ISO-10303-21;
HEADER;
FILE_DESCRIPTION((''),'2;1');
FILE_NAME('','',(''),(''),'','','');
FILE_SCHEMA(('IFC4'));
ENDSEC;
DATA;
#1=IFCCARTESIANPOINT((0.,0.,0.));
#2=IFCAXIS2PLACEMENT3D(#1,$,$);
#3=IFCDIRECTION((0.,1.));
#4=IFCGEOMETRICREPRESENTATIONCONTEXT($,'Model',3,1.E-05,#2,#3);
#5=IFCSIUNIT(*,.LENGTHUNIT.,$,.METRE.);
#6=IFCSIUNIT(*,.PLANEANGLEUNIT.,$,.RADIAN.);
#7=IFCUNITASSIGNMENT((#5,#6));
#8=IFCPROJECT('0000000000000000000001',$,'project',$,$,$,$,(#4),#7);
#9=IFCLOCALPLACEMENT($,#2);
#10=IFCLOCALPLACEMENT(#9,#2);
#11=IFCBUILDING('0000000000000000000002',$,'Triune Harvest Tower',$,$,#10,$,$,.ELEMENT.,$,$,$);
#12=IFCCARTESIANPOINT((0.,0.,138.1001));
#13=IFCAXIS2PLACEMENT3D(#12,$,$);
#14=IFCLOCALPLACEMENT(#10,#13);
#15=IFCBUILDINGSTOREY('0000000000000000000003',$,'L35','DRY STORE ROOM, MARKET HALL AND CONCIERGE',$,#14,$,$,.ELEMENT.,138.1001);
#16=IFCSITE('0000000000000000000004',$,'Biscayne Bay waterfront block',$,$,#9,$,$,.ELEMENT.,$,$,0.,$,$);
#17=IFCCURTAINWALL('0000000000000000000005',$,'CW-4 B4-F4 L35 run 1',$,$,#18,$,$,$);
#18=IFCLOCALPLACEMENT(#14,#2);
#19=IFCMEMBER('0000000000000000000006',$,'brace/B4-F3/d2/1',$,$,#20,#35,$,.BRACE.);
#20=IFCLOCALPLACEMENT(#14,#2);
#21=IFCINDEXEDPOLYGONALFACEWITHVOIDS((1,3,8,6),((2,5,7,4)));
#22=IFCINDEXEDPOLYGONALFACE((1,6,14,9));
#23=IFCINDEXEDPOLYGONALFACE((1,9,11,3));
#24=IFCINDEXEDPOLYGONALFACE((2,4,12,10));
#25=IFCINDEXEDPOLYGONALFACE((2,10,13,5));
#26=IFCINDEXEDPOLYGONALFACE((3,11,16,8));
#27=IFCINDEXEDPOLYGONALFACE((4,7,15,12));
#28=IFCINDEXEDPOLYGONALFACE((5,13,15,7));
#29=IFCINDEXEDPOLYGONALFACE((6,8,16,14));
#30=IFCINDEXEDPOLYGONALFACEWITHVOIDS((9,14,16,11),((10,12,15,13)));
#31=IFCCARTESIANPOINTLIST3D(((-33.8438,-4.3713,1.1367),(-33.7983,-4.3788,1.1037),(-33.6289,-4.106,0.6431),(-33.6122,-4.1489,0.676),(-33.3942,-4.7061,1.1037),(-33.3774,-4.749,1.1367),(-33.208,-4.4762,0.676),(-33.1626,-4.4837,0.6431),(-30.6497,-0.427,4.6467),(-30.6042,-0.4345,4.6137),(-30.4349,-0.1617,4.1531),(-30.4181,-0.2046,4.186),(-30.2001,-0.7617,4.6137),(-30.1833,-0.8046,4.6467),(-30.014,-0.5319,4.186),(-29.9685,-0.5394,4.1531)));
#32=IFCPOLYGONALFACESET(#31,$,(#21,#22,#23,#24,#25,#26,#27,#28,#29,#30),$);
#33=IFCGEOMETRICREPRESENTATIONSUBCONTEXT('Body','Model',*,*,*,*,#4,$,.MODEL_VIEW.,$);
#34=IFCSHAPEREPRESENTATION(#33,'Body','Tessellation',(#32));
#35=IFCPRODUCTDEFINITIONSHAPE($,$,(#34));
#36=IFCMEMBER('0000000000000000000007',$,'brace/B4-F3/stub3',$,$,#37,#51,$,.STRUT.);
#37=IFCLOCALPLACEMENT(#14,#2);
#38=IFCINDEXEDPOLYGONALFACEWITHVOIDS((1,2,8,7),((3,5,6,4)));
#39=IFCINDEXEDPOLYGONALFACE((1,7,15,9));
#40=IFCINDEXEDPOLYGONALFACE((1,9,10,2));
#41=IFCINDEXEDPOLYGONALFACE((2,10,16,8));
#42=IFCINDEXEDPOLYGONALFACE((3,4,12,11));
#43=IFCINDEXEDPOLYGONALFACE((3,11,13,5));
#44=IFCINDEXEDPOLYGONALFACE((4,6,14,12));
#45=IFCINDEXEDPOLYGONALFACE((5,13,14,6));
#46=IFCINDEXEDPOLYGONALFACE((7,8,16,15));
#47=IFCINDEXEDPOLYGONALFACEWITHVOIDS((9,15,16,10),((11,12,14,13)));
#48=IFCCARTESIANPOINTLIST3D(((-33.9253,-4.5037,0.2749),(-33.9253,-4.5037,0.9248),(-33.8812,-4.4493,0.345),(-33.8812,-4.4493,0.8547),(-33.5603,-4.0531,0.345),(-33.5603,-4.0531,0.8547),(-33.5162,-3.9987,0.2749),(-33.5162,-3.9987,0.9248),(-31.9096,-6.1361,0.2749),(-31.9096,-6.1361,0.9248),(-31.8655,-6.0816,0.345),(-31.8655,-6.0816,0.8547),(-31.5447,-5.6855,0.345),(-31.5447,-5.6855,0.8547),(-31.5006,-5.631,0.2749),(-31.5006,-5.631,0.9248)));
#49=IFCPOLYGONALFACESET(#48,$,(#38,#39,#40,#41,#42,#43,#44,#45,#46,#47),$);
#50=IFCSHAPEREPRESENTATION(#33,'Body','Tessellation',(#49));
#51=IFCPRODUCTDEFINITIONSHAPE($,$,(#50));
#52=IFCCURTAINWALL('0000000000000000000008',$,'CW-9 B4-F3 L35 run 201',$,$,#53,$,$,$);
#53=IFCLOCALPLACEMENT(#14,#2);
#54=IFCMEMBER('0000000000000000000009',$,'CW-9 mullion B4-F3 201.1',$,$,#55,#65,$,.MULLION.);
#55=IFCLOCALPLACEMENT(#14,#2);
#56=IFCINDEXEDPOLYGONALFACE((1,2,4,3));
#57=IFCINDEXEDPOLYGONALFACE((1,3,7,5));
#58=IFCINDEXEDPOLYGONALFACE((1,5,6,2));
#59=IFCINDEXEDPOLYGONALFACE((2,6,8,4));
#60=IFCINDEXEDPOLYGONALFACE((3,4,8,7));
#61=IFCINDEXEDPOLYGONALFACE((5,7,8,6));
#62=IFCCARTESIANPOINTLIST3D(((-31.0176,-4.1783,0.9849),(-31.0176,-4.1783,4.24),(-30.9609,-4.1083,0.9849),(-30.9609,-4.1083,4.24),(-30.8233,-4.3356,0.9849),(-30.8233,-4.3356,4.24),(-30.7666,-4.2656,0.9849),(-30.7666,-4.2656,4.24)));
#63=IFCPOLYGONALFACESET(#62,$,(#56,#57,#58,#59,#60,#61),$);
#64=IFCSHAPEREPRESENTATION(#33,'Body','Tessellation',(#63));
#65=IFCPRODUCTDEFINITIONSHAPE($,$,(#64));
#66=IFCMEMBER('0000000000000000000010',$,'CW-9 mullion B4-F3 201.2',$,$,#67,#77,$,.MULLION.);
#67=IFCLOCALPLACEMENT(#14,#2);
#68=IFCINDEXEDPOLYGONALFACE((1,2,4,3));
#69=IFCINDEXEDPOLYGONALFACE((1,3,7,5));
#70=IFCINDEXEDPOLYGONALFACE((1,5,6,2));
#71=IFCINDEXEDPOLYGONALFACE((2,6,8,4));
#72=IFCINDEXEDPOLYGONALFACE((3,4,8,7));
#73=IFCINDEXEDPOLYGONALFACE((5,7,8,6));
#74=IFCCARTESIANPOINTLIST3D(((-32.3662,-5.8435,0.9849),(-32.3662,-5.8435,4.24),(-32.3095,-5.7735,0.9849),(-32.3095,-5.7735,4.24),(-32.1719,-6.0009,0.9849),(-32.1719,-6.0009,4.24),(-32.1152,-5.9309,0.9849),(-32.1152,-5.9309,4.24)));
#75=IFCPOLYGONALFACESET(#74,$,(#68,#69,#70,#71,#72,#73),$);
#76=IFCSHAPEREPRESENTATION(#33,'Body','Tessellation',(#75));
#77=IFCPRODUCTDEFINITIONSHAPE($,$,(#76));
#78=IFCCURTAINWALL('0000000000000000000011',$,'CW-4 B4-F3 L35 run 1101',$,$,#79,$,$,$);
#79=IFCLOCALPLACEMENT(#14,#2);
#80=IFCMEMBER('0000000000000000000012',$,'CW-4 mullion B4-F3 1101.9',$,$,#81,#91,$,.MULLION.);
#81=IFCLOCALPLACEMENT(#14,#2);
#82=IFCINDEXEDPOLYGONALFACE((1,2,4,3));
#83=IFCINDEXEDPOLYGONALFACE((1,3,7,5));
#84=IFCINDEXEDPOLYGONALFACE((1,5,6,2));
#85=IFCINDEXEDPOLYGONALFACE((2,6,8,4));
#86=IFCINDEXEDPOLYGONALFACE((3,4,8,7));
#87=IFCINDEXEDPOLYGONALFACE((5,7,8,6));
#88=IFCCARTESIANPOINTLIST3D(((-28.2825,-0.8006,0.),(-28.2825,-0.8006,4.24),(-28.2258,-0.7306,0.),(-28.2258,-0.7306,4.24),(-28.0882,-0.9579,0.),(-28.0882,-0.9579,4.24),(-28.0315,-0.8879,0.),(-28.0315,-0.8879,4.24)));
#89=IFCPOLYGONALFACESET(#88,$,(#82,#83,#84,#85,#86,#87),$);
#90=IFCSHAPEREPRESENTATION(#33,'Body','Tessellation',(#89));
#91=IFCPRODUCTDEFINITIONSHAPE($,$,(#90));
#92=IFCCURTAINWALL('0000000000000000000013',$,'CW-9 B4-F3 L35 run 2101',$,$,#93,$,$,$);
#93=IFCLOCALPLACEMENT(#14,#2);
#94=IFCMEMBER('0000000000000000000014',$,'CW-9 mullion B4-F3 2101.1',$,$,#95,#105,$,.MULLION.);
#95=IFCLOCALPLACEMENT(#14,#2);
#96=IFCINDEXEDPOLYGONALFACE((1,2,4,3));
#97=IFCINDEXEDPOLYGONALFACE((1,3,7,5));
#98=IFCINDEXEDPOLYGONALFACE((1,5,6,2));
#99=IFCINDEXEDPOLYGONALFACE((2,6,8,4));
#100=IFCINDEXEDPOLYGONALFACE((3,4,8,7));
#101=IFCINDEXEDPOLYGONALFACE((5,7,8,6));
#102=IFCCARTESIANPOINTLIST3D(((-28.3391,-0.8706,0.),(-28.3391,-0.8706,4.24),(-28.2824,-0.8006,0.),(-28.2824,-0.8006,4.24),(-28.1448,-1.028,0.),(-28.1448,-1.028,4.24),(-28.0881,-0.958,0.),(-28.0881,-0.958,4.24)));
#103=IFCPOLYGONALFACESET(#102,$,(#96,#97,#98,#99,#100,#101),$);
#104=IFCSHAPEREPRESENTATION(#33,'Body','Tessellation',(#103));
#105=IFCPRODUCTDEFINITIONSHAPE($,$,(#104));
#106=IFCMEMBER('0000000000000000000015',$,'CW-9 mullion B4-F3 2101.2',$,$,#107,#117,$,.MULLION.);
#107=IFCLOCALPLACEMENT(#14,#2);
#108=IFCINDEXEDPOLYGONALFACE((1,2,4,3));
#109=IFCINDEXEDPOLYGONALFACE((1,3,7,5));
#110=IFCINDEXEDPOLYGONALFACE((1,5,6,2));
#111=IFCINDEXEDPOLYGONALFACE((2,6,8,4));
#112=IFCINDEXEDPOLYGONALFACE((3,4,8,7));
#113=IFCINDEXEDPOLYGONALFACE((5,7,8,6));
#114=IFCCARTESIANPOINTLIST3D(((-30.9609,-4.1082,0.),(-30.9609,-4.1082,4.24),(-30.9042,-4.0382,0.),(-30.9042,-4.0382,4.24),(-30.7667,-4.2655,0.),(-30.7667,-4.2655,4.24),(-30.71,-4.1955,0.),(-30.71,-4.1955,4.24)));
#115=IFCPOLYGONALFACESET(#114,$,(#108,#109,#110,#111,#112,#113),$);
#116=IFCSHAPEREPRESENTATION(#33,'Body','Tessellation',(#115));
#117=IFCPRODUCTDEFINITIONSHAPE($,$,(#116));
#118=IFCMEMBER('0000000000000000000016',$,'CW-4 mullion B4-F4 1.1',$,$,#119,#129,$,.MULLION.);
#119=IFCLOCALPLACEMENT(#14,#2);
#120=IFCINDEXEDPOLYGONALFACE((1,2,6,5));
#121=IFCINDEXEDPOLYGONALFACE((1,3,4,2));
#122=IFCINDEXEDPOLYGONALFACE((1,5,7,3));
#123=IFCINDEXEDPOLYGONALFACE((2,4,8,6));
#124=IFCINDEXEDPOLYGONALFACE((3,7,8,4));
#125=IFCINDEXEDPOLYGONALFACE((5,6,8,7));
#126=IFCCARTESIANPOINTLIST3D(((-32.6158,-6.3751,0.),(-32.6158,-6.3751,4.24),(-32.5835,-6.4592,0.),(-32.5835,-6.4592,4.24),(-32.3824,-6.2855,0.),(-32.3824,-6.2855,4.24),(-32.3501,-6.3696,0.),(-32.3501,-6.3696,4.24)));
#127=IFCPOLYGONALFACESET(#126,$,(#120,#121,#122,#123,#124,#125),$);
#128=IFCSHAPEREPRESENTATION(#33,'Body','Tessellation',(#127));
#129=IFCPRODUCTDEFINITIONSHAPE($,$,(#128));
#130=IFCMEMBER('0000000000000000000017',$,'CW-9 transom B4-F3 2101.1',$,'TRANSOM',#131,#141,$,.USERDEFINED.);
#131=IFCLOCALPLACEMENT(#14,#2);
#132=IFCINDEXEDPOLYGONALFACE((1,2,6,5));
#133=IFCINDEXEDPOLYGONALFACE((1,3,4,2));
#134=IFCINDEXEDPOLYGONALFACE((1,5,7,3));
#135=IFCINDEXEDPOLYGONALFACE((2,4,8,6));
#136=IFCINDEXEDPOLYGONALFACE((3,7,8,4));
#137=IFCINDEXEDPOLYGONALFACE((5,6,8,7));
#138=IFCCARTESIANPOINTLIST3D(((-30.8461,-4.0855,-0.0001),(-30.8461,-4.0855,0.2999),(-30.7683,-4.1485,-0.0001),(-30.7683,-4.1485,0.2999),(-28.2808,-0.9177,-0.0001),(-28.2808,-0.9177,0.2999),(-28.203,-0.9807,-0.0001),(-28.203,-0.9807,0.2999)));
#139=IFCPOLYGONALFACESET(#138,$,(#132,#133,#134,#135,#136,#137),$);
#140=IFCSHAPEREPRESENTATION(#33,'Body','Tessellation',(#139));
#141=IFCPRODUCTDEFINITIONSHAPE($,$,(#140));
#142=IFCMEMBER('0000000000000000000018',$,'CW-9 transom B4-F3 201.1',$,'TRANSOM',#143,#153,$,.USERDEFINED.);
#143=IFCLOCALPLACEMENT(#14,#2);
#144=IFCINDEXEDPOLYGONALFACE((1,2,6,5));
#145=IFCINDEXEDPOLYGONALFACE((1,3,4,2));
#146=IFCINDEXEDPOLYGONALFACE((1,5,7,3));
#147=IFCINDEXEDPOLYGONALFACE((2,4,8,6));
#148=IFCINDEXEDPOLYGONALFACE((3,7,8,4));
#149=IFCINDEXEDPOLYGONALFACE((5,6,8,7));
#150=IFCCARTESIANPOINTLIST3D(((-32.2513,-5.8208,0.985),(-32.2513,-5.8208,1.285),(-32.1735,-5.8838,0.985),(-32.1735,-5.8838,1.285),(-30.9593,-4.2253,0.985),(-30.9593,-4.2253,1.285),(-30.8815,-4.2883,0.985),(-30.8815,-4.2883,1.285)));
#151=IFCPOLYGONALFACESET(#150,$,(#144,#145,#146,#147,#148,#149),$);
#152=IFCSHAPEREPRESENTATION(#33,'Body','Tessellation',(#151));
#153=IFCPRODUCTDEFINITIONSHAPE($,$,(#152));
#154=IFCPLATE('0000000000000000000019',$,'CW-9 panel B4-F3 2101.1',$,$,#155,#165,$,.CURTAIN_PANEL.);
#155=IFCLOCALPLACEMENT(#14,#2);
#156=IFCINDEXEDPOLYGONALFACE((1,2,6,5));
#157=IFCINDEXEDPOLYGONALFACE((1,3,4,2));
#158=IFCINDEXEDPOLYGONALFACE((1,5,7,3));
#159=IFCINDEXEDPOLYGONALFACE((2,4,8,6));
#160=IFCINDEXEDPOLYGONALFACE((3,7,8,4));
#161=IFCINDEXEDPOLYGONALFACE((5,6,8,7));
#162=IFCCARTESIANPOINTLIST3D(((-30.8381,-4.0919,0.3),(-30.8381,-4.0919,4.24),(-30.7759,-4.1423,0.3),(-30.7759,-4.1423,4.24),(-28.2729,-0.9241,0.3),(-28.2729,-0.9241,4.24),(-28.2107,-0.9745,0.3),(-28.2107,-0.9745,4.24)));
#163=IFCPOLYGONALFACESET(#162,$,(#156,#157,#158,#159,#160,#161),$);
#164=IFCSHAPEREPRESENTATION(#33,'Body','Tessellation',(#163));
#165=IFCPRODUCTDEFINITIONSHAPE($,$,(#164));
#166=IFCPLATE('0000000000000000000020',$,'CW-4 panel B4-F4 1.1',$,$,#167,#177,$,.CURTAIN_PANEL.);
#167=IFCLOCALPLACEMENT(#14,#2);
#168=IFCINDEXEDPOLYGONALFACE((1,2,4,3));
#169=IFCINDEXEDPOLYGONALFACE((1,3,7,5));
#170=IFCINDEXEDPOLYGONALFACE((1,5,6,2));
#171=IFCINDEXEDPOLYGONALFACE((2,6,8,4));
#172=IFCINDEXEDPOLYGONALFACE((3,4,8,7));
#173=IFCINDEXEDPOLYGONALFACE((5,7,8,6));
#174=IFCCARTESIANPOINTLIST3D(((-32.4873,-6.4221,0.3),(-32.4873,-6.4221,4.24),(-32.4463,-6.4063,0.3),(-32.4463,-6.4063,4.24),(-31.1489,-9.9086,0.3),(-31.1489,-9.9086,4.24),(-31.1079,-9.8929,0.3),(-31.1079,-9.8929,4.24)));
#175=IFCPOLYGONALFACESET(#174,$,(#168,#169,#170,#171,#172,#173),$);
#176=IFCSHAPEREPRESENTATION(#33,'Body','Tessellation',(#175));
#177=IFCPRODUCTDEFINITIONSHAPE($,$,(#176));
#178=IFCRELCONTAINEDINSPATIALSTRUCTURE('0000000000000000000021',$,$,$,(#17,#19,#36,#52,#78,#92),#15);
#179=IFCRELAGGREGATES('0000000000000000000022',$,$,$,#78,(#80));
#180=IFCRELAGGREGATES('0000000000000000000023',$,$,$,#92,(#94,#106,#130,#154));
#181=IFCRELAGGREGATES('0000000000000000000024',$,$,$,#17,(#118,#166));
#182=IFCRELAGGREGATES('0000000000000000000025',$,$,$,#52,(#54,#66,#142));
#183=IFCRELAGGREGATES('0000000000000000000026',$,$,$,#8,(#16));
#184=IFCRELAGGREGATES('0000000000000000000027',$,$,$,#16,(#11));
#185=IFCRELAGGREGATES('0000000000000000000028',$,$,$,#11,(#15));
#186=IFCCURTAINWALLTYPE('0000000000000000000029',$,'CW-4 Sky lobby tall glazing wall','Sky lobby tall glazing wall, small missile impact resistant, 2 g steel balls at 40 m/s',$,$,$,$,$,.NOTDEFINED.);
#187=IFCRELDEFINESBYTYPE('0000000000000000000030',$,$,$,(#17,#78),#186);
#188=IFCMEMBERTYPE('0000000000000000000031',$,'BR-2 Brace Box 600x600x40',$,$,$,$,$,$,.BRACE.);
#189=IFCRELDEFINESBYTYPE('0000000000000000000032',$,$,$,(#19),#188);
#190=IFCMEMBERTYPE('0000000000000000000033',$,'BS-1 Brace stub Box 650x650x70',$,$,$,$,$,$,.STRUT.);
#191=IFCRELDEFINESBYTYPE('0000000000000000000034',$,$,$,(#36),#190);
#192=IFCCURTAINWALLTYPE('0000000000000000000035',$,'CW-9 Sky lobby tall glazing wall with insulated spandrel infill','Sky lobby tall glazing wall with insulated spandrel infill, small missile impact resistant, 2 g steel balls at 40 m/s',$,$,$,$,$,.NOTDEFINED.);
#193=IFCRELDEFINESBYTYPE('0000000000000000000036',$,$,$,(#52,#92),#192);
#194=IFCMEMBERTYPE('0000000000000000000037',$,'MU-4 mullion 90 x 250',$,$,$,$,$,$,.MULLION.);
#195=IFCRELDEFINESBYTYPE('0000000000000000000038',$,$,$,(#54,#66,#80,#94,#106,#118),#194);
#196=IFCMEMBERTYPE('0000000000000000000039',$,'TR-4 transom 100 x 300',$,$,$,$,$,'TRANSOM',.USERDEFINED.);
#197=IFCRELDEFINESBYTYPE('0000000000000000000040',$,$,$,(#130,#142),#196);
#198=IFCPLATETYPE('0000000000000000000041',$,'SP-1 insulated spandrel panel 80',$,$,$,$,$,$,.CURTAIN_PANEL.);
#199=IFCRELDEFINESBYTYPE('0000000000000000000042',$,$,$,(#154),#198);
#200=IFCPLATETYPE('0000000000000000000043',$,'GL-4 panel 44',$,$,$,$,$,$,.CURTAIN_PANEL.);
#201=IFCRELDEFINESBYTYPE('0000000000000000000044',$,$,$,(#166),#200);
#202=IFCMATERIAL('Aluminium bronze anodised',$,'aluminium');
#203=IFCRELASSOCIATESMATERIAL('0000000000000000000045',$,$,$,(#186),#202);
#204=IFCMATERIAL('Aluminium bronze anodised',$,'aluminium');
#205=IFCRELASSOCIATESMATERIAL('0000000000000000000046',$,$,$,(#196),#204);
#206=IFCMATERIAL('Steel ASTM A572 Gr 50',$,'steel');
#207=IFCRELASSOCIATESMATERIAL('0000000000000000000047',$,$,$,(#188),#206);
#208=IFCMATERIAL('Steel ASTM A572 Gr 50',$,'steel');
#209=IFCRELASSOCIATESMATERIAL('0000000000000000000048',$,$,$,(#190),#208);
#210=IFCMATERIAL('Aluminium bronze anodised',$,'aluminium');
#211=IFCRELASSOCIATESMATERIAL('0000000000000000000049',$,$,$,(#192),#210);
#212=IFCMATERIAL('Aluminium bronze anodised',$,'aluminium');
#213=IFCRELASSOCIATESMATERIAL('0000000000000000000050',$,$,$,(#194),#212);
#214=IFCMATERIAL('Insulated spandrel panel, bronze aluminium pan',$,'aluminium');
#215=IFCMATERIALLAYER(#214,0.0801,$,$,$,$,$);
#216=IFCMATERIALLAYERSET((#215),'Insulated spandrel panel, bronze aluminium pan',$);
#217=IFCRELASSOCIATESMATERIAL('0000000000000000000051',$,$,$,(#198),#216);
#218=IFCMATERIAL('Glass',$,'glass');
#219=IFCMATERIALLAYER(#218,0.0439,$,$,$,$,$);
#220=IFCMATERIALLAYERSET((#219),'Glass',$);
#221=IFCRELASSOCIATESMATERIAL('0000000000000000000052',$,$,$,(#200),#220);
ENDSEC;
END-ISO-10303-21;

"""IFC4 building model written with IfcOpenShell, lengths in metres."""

from ifc_helpers import new_model, si_unit, direction, frame, origin, origin_2d, place, context, subcontext, project, spatial, rectangle, hollow_rectangle, extrude, source, transform, mapped, material, layer, layer_set, material_profile, profile_set, type_object, element, aggregate, save


model = new_model("IFC4")

# Units and contexts
model_context = context("Model", 3, precision=1e-05, world=origin(), true_north=direction((0.0, 1.0)))
body_context = subcontext(model_context, "Body", "Model", "MODEL_VIEW")
ifc_project = project(units=[si_unit("LENGTHUNIT", "METRE"), si_unit("PLANEANGLEUNIT", "RADIAN")], contexts=[model_context])

# Site, building, storey
site_placement = place(None, origin())
site = spatial("IfcSite", under=ifc_project, at=site_placement, Name="Biscayne Bay waterfront block", CompositionType="ELEMENT", RefElevation=0.0)
building_placement = place(site_placement, origin())
building = spatial("IfcBuilding", under=site, at=building_placement, Name="Triune Harvest Tower", CompositionType="ELEMENT")
storey_placement = place(building_placement, frame((0.0, 0.0, 138.1001)))
storey = spatial("IfcBuildingStorey", under=building, at=storey_placement, Name="L35", Description="DRY STORE ROOM, MARKET HALL AND CONCIERGE", CompositionType="ELEMENT", Elevation=138.1001)

# Curtain wall
ifc_material_1 = material(Name="Aluminium bronze anodised", Category="aluminium")
curtain_wall_type_1 = type_object("IfcCurtainWallType", Name="CW-4 Sky lobby tall glazing wall", Description="Sky lobby tall glazing wall, small missile impact resistant, 2 g steel balls at 40 m/s", PredefinedType="NOTDEFINED", material=ifc_material_1)
curtain_wall_1_placement = place(storey_placement, origin())
curtain_wall_1 = element("IfcCurtainWall", 1, at=curtain_wall_1_placement, inside=storey, type_object=curtain_wall_type_1, Name="CW-4 B4-F4 L35 run 1")
ifc_material_2 = material(Name="Aluminium bronze anodised", Category="aluminium")
ifc_material_profile_1 = material_profile(ifc_material_2, rectangle(XDim=0.1001, YDim=0.3, at=origin_2d()), Name="TR-4 transom 100 x 300")
ifc_profile_set_1 = profile_set([ifc_material_profile_1], Name="Aluminium bronze anodised")
member_type_1 = type_object("IfcMemberType", Name="TR-4 transom 100 x 300", ElementType="TRANSOM", PredefinedType="USERDEFINED", material=ifc_profile_set_1)

# Members
ifc_material_3 = material(Name="Steel ASTM A572 Gr 50", Category="steel")
ifc_material_profile_2 = material_profile(ifc_material_3, hollow_rectangle(XDim=0.6001, YDim=0.6001, WallThickness=0.04, at=origin_2d()), Name="Box 600x600x40")
ifc_profile_set_2 = profile_set([ifc_material_profile_2], Name="Steel ASTM A572 Gr 50")
member_type_2 = type_object("IfcMemberType", Name="BR-2 Brace Box 600x600x40", PredefinedType="BRACE", material=ifc_profile_set_2)
shared_shape_1 = source(origin(), body_context, "Body", "SweptSolid", [
    extrude(hollow_rectangle(XDim=0.6001, YDim=0.6001, WallThickness=0.04, at=origin_2d()), origin(), (0.0, 0.0, 1.0), 6.1709),
])
member_1_placement = place(storey_placement, frame((-33.5032, -4.4275, 0.8899), z_axis=(0.517604, 0.639182, 0.568799), x_axis=(-0.777143, 0.629324, 0.0)))
element("IfcMember", 2, at=member_1_placement, inside=storey, type_object=member_type_2, Name="brace/B4-F3/d2/1", PredefinedType="BRACE", context=body_context, shape_type="MappedRepresentation", body=[
    mapped(shared_shape_1, transform((0.0, 0.0, 0.0), scale=1.0)),
])
ifc_material_4 = material(Name="Steel ASTM A572 Gr 50", Category="steel")
ifc_material_profile_3 = material_profile(ifc_material_4, hollow_rectangle(XDim=0.6499, YDim=0.6499, WallThickness=0.0701, at=origin_2d()), Name="Box 650x650x70")
ifc_profile_set_3 = profile_set([ifc_material_profile_3], Name="Steel ASTM A572 Gr 50")
member_type_3 = type_object("IfcMemberType", Name="BS-1 Brace stub Box 650x650x70", PredefinedType="STRUT", material=ifc_profile_set_3)
shared_shape_2 = source(origin(), body_context, "Body", "SweptSolid", [
    extrude(hollow_rectangle(XDim=0.6499, YDim=0.6499, WallThickness=0.0701, at=origin_2d()), origin(), (0.0, 0.0, 1.0), 2.5938),
])
member_2_placement = place(storey_placement, frame((-31.7051, -5.8835, 0.5999), z_axis=(-0.777126, 0.629344, 0.0), x_axis=(-0.629344, -0.777126, 0.0)))
element("IfcMember", 3, at=member_2_placement, inside=storey, type_object=member_type_3, Name="brace/B4-F3/stub3", PredefinedType="STRUT", context=body_context, shape_type="MappedRepresentation", body=[
    mapped(shared_shape_2, transform((0.0, 0.0, 0.0), scale=1.0)),
])

# Curtain wall, members
ifc_material_5 = material(Name="Aluminium bronze anodised", Category="aluminium")
curtain_wall_type_2 = type_object("IfcCurtainWallType", Name="CW-9 Sky lobby tall glazing wall with insulated spandrel infill", Description="Sky lobby tall glazing wall with insulated spandrel infill, small missile impact resistant, 2 g steel balls at 40 m/s", PredefinedType="NOTDEFINED", material=ifc_material_5)
curtain_wall_2_placement = place(storey_placement, origin())
curtain_wall_2 = element("IfcCurtainWall", 4, at=curtain_wall_2_placement, inside=storey, type_object=curtain_wall_type_2, Name="CW-9 B4-F3 L35 run 201")
ifc_material_6 = material(Name="Aluminium bronze anodised", Category="aluminium")
ifc_material_profile_4 = material_profile(ifc_material_6, rectangle(XDim=0.25, YDim=0.0901, at=origin_2d()), Name="MU-4 mullion 90 x 250")
ifc_profile_set_4 = profile_set([ifc_material_profile_4], Name="Aluminium bronze anodised")
member_type_4 = type_object("IfcMemberType", Name="MU-4 mullion 90 x 250", PredefinedType="MULLION", material=ifc_profile_set_4)
shared_shape_3 = source(origin(), body_context, "Body", "SweptSolid", [
    extrude(rectangle(XDim=0.25, YDim=0.0901, at=origin_2d()), origin(), (0.0, 0.0, 1.0), 3.2551),
])
member_3_placement = place(storey_placement, frame((-30.8921, -4.2219, 0.9849), z_axis=(0.0, 0.0, 1.0), x_axis=(0.777146, -0.629321, 0.0)))
member_3 = element("IfcMember", 5, at=member_3_placement, type_object=member_type_4, Name="CW-9 mullion B4-F3 201.1", PredefinedType="MULLION", context=body_context, shape_type="MappedRepresentation", body=[
    mapped(shared_shape_3, transform((0.0, 0.0, 0.0), scale=1.0)),
])
member_4_placement = place(storey_placement, frame((-32.2407, -5.8872, 0.9849), z_axis=(0.0, 0.0, 1.0), x_axis=(0.777146, -0.629321, 0.0)))
member_4 = element("IfcMember", 6, at=member_4_placement, type_object=member_type_4, Name="CW-9 mullion B4-F3 201.2", PredefinedType="MULLION", context=body_context, shape_type="MappedRepresentation", body=[
    mapped(shared_shape_3, transform((0.0, 0.0, 0.0), scale=1.0)),
])

# Curtain wall, member
curtain_wall_3_placement = place(storey_placement, origin())
curtain_wall_3 = element("IfcCurtainWall", 7, at=curtain_wall_3_placement, inside=storey, type_object=curtain_wall_type_1, Name="CW-4 B4-F3 L35 run 1101")
shared_shape_4 = source(origin(), body_context, "Body", "SweptSolid", [
    extrude(rectangle(XDim=0.25, YDim=0.0901, at=origin_2d()), origin(), (0.0, 0.0, 1.0), 4.24),
])
member_5_placement = place(storey_placement, frame((-28.157, -0.8442, 0.0), z_axis=(0.0, 0.0, 1.0), x_axis=(0.777145, -0.629322, 0.0)))
member_5 = element("IfcMember", 8, at=member_5_placement, type_object=member_type_4, Name="CW-4 mullion B4-F3 1101.9", PredefinedType="MULLION", context=body_context, shape_type="MappedRepresentation", body=[
    mapped(shared_shape_4, transform((0.0, 0.0, 0.0), scale=1.0)),
])
aggregate(curtain_wall_3, [member_5])

# Curtain wall, members
curtain_wall_4_placement = place(storey_placement, origin())
curtain_wall_4 = element("IfcCurtainWall", 9, at=curtain_wall_4_placement, inside=storey, type_object=curtain_wall_type_2, Name="CW-9 B4-F3 L35 run 2101")
member_6_placement = place(storey_placement, frame((-28.2136, -0.9143, 0.0), z_axis=(0.0, 0.0, 1.0), x_axis=(0.777151, -0.629314, 0.0)))
member_6 = element("IfcMember", 10, at=member_6_placement, type_object=member_type_4, Name="CW-9 mullion B4-F3 2101.1", PredefinedType="MULLION", context=body_context, shape_type="MappedRepresentation", body=[
    mapped(shared_shape_4, transform((0.0, 0.0, 0.0), scale=1.0)),
])
member_7_placement = place(storey_placement, frame((-30.8354, -4.1519, 0.0), z_axis=(0.0, 0.0, 1.0), x_axis=(0.777151, -0.629314, 0.0)))
member_7 = element("IfcMember", 11, at=member_7_placement, type_object=member_type_4, Name="CW-9 mullion B4-F3 2101.2", PredefinedType="MULLION", context=body_context, shape_type="MappedRepresentation", body=[
    mapped(shared_shape_4, transform((0.0, 0.0, 0.0), scale=1.0)),
])

# Members
member_8_placement = place(storey_placement, frame((-32.4829, -6.3723, 0.0), z_axis=(0.0, 0.0, 1.0), x_axis=(0.93358, 0.358369, 0.0)))
member_8 = element("IfcMember", 12, at=member_8_placement, type_object=member_type_4, Name="CW-4 mullion B4-F4 1.1", PredefinedType="MULLION", context=body_context, shape_type="MappedRepresentation", body=[
    mapped(shared_shape_4, transform((0.0, 0.0, 0.0), scale=1.0)),
])
shared_shape_5 = source(origin(), body_context, "Body", "SweptSolid", [
    extrude(rectangle(XDim=0.1001, YDim=0.3, at=origin_2d()), origin(), (0.0, 0.0, 1.0), 4.0762),
])
member_9_placement = place(storey_placement, frame((-28.2419, -0.9492, 0.1499), z_axis=(-0.629322, -0.777144, 0.0), x_axis=(0.777144, -0.629322, 0.0)))
member_9 = element("IfcMember", 13, at=member_9_placement, type_object=member_type_1, Name="CW-9 transom B4-F3 2101.1", ObjectType="TRANSOM", PredefinedType="USERDEFINED", context=body_context, shape_type="MappedRepresentation", body=[
    mapped(shared_shape_5, transform((0.0, 0.0, 0.0), scale=1.0)),
])
shared_shape_6 = source(origin(), body_context, "Body", "SweptSolid", [
    extrude(rectangle(XDim=0.1001, YDim=0.3, at=origin_2d()), origin(), (0.0, 0.0, 1.0), 2.053),
])
member_10_placement = place(storey_placement, frame((-30.9204, -4.2568, 1.135), z_axis=(-0.629325, -0.777142, 0.0), x_axis=(0.777142, -0.629325, 0.0)))
member_10 = element("IfcMember", 14, at=member_10_placement, type_object=member_type_1, Name="CW-9 transom B4-F3 201.1", ObjectType="TRANSOM", PredefinedType="USERDEFINED", context=body_context, shape_type="MappedRepresentation", body=[
    mapped(shared_shape_6, transform((0.0, 0.0, 0.0), scale=1.0)),
])

# Plates
ifc_material_7 = material(Name="Insulated spandrel panel, bronze aluminium pan", Category="aluminium")
ifc_layer_1 = layer(ifc_material_7, 0.0801)
ifc_layer_set_1 = layer_set([ifc_layer_1], Name="Insulated spandrel panel, bronze aluminium pan")
plate_type_1 = type_object("IfcPlateType", Name="SP-1 insulated spandrel panel 80", PredefinedType="CURTAIN_PANEL", material=ifc_layer_set_1)
shared_shape_7 = source(origin(), body_context, "Body", "SweptSolid", [
    extrude(rectangle(XDim=4.0762, YDim=0.0801, at=origin_2d()), origin(), (0.0, 0.0, 1.0), 3.9399),
])
plate_1_placement = place(storey_placement, frame((-29.5244, -2.5332, 0.3), z_axis=(0.0, 0.0, 1.0), x_axis=(-0.629314, -0.777151, 0.0)))
plate_1 = element("IfcPlate", 15, at=plate_1_placement, type_object=plate_type_1, Name="CW-9 panel B4-F3 2101.1", PredefinedType="CURTAIN_PANEL", context=body_context, shape_type="MappedRepresentation", body=[
    mapped(shared_shape_7, transform((0.0, 0.0, 0.0), scale=1.0)),
])
aggregate(curtain_wall_4, [member_6, member_7, member_9, plate_1])
ifc_material_8 = material(Name="Glass", Category="glass")
ifc_layer_2 = layer(ifc_material_8, 0.0439)
ifc_layer_set_2 = layer_set([ifc_layer_2], Name="Glass")
plate_type_2 = type_object("IfcPlateType", Name="GL-4 panel 44", PredefinedType="CURTAIN_PANEL", material=ifc_layer_set_2)
shared_shape_8 = source(origin(), body_context, "Body", "SweptSolid", [
    extrude(rectangle(XDim=3.7346, YDim=0.0439, at=origin_2d()), origin(), (0.0, 0.0, 1.0), 3.9399),
])
plate_2_placement = place(storey_placement, frame((-31.7976, -8.1575, 0.3), z_axis=(0.0, 0.0, 1.0), x_axis=(0.358369, -0.93358, 0.0)))
plate_2 = element("IfcPlate", 16, at=plate_2_placement, type_object=plate_type_2, Name="CW-4 panel B4-F4 1.1", PredefinedType="CURTAIN_PANEL", context=body_context, shape_type="MappedRepresentation", body=[
    mapped(shared_shape_8, transform((0.0, 0.0, 0.0), scale=1.0)),
])
aggregate(curtain_wall_1, [member_8, plate_2])
aggregate(curtain_wall_2, [member_3, member_4, member_10])

save(model, "model.ifc")
